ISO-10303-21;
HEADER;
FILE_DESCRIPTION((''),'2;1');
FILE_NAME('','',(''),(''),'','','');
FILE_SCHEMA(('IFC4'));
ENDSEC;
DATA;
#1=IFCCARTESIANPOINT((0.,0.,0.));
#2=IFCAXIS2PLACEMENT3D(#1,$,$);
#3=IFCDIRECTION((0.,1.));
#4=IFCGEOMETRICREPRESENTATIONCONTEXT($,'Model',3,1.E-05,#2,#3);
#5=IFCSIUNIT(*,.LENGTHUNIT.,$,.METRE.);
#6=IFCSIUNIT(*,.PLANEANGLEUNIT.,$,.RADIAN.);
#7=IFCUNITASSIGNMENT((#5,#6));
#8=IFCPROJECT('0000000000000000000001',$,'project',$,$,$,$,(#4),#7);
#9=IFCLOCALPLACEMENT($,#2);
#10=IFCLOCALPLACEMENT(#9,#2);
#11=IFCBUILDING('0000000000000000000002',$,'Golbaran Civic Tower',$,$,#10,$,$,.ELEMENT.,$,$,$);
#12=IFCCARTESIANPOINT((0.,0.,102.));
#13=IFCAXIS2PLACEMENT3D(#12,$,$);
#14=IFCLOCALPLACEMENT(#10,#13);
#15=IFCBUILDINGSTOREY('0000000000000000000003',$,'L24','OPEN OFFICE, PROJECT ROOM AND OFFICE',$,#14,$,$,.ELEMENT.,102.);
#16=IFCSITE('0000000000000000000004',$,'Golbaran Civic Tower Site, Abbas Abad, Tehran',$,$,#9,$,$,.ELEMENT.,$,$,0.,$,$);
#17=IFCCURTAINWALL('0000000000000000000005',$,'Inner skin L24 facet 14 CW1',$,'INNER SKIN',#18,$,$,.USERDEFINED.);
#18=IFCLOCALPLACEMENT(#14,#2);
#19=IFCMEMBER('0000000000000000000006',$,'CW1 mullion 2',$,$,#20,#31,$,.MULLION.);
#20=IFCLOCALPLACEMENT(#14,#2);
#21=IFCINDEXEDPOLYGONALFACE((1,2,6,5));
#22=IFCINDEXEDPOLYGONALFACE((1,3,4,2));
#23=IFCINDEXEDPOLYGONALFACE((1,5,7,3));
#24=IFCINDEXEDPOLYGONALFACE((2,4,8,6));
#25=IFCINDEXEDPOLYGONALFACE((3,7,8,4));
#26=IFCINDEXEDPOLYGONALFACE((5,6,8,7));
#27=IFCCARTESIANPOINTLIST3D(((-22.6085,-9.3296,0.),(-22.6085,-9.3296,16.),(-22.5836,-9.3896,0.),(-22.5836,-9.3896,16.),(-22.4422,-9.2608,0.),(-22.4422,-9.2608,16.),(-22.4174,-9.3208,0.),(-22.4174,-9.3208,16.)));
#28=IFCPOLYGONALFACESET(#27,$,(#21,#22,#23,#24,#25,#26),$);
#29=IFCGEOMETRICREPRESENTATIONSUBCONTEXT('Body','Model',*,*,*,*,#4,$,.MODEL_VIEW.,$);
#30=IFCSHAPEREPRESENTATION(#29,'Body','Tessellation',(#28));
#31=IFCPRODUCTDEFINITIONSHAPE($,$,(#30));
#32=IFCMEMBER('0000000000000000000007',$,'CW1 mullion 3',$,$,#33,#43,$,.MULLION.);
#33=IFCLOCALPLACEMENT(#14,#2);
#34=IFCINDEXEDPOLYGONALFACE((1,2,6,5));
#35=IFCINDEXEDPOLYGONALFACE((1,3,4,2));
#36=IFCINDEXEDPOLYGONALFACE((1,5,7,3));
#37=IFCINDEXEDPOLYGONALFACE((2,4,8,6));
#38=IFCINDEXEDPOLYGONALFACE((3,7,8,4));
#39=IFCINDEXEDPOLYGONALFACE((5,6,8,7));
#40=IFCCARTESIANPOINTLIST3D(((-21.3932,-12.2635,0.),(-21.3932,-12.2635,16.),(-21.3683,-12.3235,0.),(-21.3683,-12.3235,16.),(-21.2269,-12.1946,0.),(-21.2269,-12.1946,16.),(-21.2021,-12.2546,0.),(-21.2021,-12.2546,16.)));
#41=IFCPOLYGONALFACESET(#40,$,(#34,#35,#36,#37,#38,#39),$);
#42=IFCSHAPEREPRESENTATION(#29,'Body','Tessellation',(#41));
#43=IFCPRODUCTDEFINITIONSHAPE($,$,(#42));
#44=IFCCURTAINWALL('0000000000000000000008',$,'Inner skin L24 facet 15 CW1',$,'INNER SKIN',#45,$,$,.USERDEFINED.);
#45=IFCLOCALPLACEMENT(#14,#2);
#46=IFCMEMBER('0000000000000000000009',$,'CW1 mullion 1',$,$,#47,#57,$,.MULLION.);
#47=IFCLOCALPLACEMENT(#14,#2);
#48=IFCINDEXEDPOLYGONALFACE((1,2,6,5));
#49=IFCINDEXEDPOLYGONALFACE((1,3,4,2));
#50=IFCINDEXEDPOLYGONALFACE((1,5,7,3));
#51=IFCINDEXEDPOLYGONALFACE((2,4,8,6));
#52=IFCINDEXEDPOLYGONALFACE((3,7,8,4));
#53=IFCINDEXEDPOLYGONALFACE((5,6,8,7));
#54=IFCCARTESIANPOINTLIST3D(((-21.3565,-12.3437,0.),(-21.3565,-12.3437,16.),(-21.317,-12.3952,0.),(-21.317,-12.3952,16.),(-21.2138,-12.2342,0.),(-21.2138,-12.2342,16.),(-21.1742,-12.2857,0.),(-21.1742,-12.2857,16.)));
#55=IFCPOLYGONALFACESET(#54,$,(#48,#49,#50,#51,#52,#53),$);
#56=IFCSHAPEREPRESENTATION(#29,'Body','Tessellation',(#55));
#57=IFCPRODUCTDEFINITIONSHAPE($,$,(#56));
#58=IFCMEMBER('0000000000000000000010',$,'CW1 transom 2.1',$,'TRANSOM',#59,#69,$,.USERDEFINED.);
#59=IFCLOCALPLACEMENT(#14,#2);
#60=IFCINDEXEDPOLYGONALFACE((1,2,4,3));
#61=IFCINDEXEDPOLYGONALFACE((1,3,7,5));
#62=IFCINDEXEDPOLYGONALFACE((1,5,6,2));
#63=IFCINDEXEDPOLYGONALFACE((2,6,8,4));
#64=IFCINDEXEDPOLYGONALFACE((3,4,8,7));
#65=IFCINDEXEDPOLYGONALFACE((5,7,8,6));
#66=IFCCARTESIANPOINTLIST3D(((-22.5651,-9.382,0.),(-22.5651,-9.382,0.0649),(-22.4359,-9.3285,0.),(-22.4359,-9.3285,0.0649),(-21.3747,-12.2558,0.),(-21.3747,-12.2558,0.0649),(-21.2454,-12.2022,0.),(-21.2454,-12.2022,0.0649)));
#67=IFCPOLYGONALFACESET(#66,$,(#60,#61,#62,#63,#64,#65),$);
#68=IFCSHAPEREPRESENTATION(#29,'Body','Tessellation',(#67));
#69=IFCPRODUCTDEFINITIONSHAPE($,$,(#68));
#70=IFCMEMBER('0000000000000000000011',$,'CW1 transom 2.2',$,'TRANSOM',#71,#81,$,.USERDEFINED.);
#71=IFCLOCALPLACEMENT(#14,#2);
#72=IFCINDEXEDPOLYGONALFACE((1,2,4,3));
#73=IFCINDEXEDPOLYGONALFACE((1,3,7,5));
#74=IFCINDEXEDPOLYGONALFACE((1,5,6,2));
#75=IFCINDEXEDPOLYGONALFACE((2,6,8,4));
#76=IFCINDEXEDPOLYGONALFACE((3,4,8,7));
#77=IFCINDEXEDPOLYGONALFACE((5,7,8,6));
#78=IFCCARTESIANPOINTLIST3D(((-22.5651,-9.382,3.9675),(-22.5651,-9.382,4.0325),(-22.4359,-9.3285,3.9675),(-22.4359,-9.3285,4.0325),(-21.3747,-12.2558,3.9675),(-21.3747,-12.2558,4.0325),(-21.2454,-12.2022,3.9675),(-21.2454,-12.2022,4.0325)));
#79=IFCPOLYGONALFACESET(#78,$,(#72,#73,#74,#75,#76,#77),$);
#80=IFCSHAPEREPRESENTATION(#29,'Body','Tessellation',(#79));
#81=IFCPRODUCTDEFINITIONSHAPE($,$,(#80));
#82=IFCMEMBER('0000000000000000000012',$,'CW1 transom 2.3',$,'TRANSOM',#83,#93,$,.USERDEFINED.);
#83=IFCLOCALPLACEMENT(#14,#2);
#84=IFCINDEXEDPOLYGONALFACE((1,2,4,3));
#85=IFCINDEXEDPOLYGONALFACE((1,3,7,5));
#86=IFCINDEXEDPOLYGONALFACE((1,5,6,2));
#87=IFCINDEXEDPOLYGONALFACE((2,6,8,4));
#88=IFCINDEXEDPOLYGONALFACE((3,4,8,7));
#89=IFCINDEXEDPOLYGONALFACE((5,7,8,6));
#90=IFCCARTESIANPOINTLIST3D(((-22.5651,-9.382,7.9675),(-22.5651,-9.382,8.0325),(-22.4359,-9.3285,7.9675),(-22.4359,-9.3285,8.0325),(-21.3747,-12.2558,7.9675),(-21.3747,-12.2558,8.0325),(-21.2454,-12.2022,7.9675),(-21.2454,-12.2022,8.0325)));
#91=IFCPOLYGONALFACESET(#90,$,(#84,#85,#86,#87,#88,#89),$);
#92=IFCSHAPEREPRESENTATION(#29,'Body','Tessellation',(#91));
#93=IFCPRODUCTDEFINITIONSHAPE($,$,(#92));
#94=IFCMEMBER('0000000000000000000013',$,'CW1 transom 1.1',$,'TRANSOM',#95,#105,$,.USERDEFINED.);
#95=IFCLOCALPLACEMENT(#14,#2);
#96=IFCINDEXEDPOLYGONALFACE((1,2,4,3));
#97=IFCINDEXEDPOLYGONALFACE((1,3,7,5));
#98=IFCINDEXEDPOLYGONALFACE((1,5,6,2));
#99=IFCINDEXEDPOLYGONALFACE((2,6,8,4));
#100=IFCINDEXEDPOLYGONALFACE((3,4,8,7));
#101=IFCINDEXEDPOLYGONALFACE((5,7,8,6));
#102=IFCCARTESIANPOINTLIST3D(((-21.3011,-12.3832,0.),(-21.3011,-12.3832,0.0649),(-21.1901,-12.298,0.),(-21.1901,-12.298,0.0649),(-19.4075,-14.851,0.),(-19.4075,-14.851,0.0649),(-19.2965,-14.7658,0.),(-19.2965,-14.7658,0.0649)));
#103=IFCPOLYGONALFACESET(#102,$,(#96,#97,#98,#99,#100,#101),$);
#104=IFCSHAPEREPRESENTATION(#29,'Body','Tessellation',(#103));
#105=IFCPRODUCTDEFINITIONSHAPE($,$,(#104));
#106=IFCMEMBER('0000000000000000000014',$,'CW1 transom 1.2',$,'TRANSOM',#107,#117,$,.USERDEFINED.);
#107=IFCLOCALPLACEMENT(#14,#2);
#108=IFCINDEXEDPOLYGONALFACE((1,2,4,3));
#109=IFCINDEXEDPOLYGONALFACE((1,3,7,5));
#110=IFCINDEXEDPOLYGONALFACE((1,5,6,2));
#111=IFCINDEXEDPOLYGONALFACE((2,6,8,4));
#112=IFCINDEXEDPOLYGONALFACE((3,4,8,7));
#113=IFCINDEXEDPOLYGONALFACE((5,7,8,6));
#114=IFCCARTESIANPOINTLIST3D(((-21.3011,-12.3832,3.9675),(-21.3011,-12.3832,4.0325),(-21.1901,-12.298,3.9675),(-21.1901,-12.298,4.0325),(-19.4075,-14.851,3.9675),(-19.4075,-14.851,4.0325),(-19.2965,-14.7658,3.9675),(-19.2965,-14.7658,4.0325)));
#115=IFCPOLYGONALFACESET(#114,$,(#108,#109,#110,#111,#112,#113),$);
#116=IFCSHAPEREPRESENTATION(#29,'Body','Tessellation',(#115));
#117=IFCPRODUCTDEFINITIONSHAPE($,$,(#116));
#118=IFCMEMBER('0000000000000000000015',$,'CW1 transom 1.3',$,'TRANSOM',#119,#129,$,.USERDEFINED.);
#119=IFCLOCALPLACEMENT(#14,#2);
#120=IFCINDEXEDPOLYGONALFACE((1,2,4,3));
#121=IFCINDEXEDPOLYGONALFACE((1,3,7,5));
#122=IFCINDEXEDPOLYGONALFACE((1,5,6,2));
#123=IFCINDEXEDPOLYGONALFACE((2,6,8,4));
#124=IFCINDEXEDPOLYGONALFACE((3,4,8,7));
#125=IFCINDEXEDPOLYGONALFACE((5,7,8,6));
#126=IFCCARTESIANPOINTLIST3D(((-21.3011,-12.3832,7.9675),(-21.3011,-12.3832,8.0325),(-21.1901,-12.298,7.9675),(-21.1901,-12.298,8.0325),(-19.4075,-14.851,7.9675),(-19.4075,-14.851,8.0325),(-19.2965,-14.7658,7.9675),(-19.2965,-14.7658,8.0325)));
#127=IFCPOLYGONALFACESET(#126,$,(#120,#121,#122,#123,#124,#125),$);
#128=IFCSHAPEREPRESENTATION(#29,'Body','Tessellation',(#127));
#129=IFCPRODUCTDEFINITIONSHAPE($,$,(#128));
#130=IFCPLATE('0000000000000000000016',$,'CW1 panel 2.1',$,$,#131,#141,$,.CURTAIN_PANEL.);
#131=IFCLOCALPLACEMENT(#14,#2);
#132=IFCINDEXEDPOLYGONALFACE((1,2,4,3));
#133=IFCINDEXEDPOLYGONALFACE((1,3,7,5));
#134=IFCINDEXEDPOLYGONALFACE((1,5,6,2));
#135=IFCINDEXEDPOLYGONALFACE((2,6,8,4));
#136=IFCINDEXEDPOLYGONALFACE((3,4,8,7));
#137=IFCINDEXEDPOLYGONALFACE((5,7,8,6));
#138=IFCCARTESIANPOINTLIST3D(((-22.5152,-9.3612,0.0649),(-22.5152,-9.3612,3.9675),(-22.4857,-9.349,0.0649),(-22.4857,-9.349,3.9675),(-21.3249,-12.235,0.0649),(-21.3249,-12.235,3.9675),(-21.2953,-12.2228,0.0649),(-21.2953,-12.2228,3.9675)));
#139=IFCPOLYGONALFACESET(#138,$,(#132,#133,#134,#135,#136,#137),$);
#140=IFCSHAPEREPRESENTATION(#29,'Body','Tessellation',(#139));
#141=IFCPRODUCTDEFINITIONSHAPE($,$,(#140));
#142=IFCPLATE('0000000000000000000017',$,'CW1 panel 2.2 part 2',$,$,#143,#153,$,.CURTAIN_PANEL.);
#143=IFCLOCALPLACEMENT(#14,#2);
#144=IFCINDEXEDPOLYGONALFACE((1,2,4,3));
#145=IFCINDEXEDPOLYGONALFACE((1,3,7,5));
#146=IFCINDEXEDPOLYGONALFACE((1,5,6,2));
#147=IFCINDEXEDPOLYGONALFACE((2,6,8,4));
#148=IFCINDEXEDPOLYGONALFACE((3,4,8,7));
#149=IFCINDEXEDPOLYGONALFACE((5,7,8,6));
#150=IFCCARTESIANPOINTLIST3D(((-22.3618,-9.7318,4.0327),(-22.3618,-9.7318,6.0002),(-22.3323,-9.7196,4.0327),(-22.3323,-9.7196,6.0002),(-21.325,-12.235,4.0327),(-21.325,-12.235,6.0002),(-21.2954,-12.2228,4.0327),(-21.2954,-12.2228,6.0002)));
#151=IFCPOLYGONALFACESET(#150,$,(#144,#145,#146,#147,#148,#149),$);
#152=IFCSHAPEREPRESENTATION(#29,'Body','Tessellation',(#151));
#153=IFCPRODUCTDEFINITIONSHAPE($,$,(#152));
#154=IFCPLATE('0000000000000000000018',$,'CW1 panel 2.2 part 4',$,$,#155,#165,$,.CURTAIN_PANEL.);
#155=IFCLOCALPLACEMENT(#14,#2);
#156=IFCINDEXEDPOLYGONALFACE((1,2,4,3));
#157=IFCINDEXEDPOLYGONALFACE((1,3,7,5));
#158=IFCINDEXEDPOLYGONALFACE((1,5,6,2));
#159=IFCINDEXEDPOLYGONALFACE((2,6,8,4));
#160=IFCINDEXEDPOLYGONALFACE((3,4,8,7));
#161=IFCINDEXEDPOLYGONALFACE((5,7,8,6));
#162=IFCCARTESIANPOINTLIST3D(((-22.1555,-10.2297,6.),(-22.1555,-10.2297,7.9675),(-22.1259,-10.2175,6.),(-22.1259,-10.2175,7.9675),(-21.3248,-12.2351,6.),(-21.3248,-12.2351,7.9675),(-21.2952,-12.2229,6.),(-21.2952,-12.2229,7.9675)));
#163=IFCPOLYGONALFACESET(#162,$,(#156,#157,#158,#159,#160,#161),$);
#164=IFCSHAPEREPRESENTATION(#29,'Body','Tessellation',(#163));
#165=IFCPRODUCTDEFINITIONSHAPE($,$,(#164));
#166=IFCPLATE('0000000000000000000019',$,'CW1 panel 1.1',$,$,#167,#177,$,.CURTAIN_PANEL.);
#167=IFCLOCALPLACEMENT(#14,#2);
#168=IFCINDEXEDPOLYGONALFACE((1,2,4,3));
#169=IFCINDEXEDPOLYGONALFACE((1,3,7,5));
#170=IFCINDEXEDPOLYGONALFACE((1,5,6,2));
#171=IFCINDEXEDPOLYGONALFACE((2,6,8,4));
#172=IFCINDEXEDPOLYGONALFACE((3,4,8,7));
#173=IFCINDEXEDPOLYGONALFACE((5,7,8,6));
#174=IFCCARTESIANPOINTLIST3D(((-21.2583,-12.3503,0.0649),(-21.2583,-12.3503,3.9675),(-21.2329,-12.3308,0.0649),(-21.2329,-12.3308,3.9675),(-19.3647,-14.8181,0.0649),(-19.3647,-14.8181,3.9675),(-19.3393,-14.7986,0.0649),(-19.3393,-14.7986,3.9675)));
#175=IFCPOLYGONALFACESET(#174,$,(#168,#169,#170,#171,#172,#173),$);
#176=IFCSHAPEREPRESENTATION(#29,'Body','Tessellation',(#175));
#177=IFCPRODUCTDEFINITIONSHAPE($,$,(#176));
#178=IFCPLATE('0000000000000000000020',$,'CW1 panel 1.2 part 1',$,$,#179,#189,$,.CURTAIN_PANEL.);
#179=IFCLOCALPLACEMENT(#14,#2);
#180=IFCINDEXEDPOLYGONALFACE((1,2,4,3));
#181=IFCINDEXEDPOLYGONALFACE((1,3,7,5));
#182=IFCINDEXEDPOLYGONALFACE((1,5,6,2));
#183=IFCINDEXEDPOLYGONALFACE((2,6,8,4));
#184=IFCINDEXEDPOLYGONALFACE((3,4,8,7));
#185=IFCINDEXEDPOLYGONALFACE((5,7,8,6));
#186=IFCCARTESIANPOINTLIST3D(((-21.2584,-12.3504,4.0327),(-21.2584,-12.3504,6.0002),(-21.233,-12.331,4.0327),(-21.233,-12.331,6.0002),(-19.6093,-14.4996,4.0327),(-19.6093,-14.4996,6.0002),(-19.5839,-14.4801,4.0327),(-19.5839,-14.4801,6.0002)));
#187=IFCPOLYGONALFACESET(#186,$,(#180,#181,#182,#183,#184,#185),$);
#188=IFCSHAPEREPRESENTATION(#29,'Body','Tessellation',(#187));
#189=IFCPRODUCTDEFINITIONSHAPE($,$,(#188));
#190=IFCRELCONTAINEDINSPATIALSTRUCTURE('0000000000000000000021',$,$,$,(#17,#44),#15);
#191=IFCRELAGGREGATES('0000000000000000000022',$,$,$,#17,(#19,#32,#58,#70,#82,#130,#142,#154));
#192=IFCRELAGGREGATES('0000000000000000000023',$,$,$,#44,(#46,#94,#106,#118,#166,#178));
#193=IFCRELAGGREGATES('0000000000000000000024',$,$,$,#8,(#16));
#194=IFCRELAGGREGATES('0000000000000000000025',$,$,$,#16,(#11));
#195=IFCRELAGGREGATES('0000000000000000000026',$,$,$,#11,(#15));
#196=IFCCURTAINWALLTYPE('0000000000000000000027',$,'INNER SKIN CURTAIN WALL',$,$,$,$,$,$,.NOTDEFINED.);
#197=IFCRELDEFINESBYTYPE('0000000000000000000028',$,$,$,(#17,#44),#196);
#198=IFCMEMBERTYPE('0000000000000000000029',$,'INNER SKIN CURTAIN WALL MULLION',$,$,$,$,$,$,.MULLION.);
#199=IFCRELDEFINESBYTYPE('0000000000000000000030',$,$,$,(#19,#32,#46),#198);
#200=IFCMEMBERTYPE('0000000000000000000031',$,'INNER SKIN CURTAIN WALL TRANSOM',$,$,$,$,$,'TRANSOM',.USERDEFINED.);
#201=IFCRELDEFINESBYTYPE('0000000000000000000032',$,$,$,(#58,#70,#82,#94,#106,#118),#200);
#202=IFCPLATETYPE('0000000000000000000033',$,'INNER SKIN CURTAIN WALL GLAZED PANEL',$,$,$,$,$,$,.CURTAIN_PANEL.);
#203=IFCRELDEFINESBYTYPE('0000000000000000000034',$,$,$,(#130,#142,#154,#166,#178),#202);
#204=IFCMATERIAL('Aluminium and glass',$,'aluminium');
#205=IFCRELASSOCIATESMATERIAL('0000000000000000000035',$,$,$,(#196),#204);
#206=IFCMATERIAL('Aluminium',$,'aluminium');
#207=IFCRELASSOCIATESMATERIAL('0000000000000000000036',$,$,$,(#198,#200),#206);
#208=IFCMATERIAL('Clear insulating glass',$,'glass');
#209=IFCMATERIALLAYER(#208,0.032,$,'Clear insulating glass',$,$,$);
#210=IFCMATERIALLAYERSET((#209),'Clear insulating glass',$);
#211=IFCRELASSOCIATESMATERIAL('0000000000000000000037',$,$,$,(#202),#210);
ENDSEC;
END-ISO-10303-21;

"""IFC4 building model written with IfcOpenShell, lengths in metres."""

from ifc_helpers import new_model, si_unit, direction, frame, origin, origin_2d, place, context, subcontext, project, spatial, rectangle, extrude, material, layer, layer_set, material_profile, profile_set, type_object, element, aggregate, save


model = new_model("IFC4")

# Units and contexts
model_context = context("Model", 3, precision=1e-05, world=origin(), true_north=direction((0.0, 1.0)))
body_context = subcontext(model_context, "Body", "Model", "MODEL_VIEW")
ifc_project = project(units=[si_unit("LENGTHUNIT", "METRE"), si_unit("PLANEANGLEUNIT", "RADIAN")], contexts=[model_context])

# Site, building, storey
site_placement = place(None, origin())
site = spatial("IfcSite", under=ifc_project, at=site_placement, Name="Golbaran Civic Tower Site, Abbas Abad, Tehran", CompositionType="ELEMENT", RefElevation=0.0)
building_placement = place(site_placement, origin())
building = spatial("IfcBuilding", under=site, at=building_placement, Name="Golbaran Civic Tower", CompositionType="ELEMENT")
storey_placement = place(building_placement, frame((0.0, 0.0, 102.0)))
storey = spatial("IfcBuildingStorey", under=building, at=storey_placement, Name="L24", Description="OPEN OFFICE, PROJECT ROOM AND OFFICE", CompositionType="ELEMENT", Elevation=102.0)

# Curtain wall, members
ifc_material_1 = material(Name="Aluminium and glass", Category="aluminium")
curtain_wall_type_1 = type_object("IfcCurtainWallType", Name="INNER SKIN CURTAIN WALL", PredefinedType="NOTDEFINED", material=ifc_material_1)
curtain_wall_1_placement = place(storey_placement, origin())
curtain_wall_1 = element("IfcCurtainWall", 1, at=curtain_wall_1_placement, inside=storey, type_object=curtain_wall_type_1, Name="Inner skin L24 facet 14 CW1", ObjectType="INNER SKIN", PredefinedType="USERDEFINED")
ifc_material_2 = material(Name="Aluminium", Category="aluminium")
ifc_material_profile_1 = material_profile(ifc_material_2, rectangle(XDim=0.1799, YDim=0.0649, at=origin_2d()), Name="INNER SKIN CURTAIN WALL MULLION")
ifc_profile_set_1 = profile_set([ifc_material_profile_1], Name="Aluminium")
member_type_1 = type_object("IfcMemberType", Name="INNER SKIN CURTAIN WALL MULLION", PredefinedType="MULLION", material=ifc_profile_set_1)
member_1_placement = place(storey_placement, frame((-22.5129, -9.3252, 0.0), z_axis=(0.0, 0.0, 1.0), x_axis=(0.92388, 0.382683, 0.0)))
member_1 = element("IfcMember", 2, at=member_1_placement, type_object=member_type_1, Name="CW1 mullion 2", PredefinedType="MULLION", context=body_context, shape_type="SweptSolid", body=[
    extrude(rectangle(XDim=0.1799, YDim=0.0649, at=origin_2d()), origin(), (0.0, 0.0, 1.0), 16.0),
])
member_2_placement = place(storey_placement, frame((-21.2976, -12.259, 0.0), z_axis=(0.0, 0.0, 1.0), x_axis=(0.92388, 0.382683, 0.0)))
member_2 = element("IfcMember", 3, at=member_2_placement, type_object=member_type_1, Name="CW1 mullion 3", PredefinedType="MULLION", context=body_context, shape_type="SweptSolid", body=[
    extrude(rectangle(XDim=0.1799, YDim=0.0649, at=origin_2d()), origin(), (0.0, 0.0, 1.0), 16.0),
])

# Curtain wall, member
curtain_wall_2_placement = place(storey_placement, origin())
curtain_wall_2 = element("IfcCurtainWall", 4, at=curtain_wall_2_placement, inside=storey, type_object=curtain_wall_type_1, Name="Inner skin L24 facet 15 CW1", ObjectType="INNER SKIN", PredefinedType="USERDEFINED")
member_3_placement = place(storey_placement, frame((-21.2654, -12.3147, 0.0), z_axis=(0.0, 0.0, 1.0), x_axis=(0.793353, 0.608761, 0.0)))
member_3 = element("IfcMember", 5, at=member_3_placement, type_object=member_type_1, Name="CW1 mullion 1", PredefinedType="MULLION", context=body_context, shape_type="SweptSolid", body=[
    extrude(rectangle(XDim=0.1799, YDim=0.0649, at=origin_2d()), origin(), (0.0, 0.0, 1.0), 16.0),
])

# Members
ifc_material_profile_2 = material_profile(ifc_material_2, rectangle(XDim=0.1399, YDim=0.0649, at=origin_2d()), Name="INNER SKIN CURTAIN WALL TRANSOM")
ifc_profile_set_2 = profile_set([ifc_material_profile_2], Name="Aluminium")
member_type_2 = type_object("IfcMemberType", Name="INNER SKIN CURTAIN WALL TRANSOM", ElementType="TRANSOM", PredefinedType="USERDEFINED", material=ifc_profile_set_2)
member_4_placement = place(storey_placement, frame((-22.5005, -9.3552, 0.0325), z_axis=(0.382703, -0.923871, 0.0), x_axis=(0.923871, 0.382703, 0.0)))
member_4 = element("IfcMember", 6, at=member_4_placement, type_object=member_type_2, Name="CW1 transom 2.1", ObjectType="TRANSOM", PredefinedType="USERDEFINED", context=body_context, shape_type="SweptSolid", body=[
    extrude(rectangle(XDim=0.1399, YDim=0.0649, at=origin_2d()), origin(), (0.0, 0.0, 1.0), 3.1106),
])
member_5_placement = place(storey_placement, frame((-22.5005, -9.3552, 4.0), z_axis=(0.382703, -0.923871, 0.0), x_axis=(0.923871, 0.382703, 0.0)))
member_5 = element("IfcMember", 7, at=member_5_placement, type_object=member_type_2, Name="CW1 transom 2.2", ObjectType="TRANSOM", PredefinedType="USERDEFINED", context=body_context, shape_type="SweptSolid", body=[
    extrude(rectangle(XDim=0.1399, YDim=0.0649, at=origin_2d()), origin(), (0.0, 0.0, 1.0), 3.1106),
])
member_6_placement = place(storey_placement, frame((-22.5005, -9.3552, 8.0), z_axis=(0.382703, -0.923871, 0.0), x_axis=(0.923871, 0.382703, 0.0)))
member_6 = element("IfcMember", 8, at=member_6_placement, type_object=member_type_2, Name="CW1 transom 2.3", ObjectType="TRANSOM", PredefinedType="USERDEFINED", context=body_context, shape_type="SweptSolid", body=[
    extrude(rectangle(XDim=0.1399, YDim=0.0649, at=origin_2d()), origin(), (0.0, 0.0, 1.0), 3.1106),
])
member_7_placement = place(storey_placement, frame((-21.2456, -12.3406, 0.0325), z_axis=(0.608754, -0.793359, 0.0), x_axis=(0.793359, 0.608754, 0.0)))
member_7 = element("IfcMember", 9, at=member_7_placement, type_object=member_type_2, Name="CW1 transom 1.1", ObjectType="TRANSOM", PredefinedType="USERDEFINED", context=body_context, shape_type="SweptSolid", body=[
    extrude(rectangle(XDim=0.1399, YDim=0.0649, at=origin_2d()), origin(), (0.0, 0.0, 1.0), 3.1106),
])
member_8_placement = place(storey_placement, frame((-21.2456, -12.3406, 4.0), z_axis=(0.608754, -0.793359, 0.0), x_axis=(0.793359, 0.608754, 0.0)))
member_8 = element("IfcMember", 10, at=member_8_placement, type_object=member_type_2, Name="CW1 transom 1.2", ObjectType="TRANSOM", PredefinedType="USERDEFINED", context=body_context, shape_type="SweptSolid", body=[
    extrude(rectangle(XDim=0.1399, YDim=0.0649, at=origin_2d()), origin(), (0.0, 0.0, 1.0), 3.1106),
])
member_9_placement = place(storey_placement, frame((-21.2456, -12.3406, 8.0), z_axis=(0.608754, -0.793359, 0.0), x_axis=(0.793359, 0.608754, 0.0)))
member_9 = element("IfcMember", 11, at=member_9_placement, type_object=member_type_2, Name="CW1 transom 1.3", ObjectType="TRANSOM", PredefinedType="USERDEFINED", context=body_context, shape_type="SweptSolid", body=[
    extrude(rectangle(XDim=0.1399, YDim=0.0649, at=origin_2d()), origin(), (0.0, 0.0, 1.0), 3.1106),
])

# Plates
ifc_material_3 = material(Name="Clear insulating glass", Category="glass")
ifc_layer_1 = layer(ifc_material_3, 0.032, Name="Clear insulating glass")
ifc_layer_set_1 = layer_set([ifc_layer_1], Name="Clear insulating glass")
plate_type_1 = type_object("IfcPlateType", Name="INNER SKIN CURTAIN WALL GLAZED PANEL", PredefinedType="CURTAIN_PANEL", material=ifc_layer_set_1)
plate_1_placement = place(storey_placement, frame((-21.9053, -10.792, 0.0649), z_axis=(0.0, 0.0, 1.0), x_axis=(0.382683, -0.92388, 0.0)))
plate_1 = element("IfcPlate", 12, at=plate_1_placement, type_object=plate_type_1, Name="CW1 panel 2.1", PredefinedType="CURTAIN_PANEL", context=body_context, shape_type="SweptSolid", body=[
    extrude(rectangle(XDim=3.1106, YDim=0.032, at=origin_2d()), origin(), (0.0, 0.0, 1.0), 3.9026),
])
plate_2_placement = place(storey_placement, frame((-21.8286, -10.9773, 4.0327), z_axis=(0.0, 0.0, 1.0), x_axis=(0.382683, -0.92388, 0.0)))
plate_2 = element("IfcPlate", 13, at=plate_2_placement, type_object=plate_type_1, Name="CW1 panel 2.2 part 2", PredefinedType="CURTAIN_PANEL", context=body_context, shape_type="SweptSolid", body=[
    extrude(rectangle(XDim=2.7095, YDim=0.032, at=origin_2d()), origin(), (0.0, 0.0, 1.0), 1.9675),
])
plate_3_placement = place(storey_placement, frame((-21.7253, -11.2263, 6.0), z_axis=(0.0, 0.0, 1.0), x_axis=(0.382683, -0.92388, 0.0)))
plate_3 = element("IfcPlate", 14, at=plate_3_placement, type_object=plate_type_1, Name="CW1 panel 2.2 part 4", PredefinedType="CURTAIN_PANEL", context=body_context, shape_type="SweptSolid", body=[
    extrude(rectangle(XDim=2.1707, YDim=0.032, at=origin_2d()), origin(), (0.0, 0.0, 1.0), 1.9675),
])
plate_4_placement = place(storey_placement, frame((-20.2988, -13.5745, 0.0649), z_axis=(0.0, 0.0, 1.0), x_axis=(0.608761, -0.793353, 0.0)))
plate_4 = element("IfcPlate", 15, at=plate_4_placement, type_object=plate_type_1, Name="CW1 panel 1.1", PredefinedType="CURTAIN_PANEL", context=body_context, shape_type="SweptSolid", body=[
    extrude(rectangle(XDim=3.1106, YDim=0.032, at=origin_2d()), origin(), (0.0, 0.0, 1.0), 3.9026),
])
plate_5_placement = place(storey_placement, frame((-20.4211, -13.4153, 4.0327), z_axis=(0.0, 0.0, 1.0), x_axis=(0.608761, -0.793353, 0.0)))
plate_5 = element("IfcPlate", 16, at=plate_5_placement, type_object=plate_type_1, Name="CW1 panel 1.2 part 1", PredefinedType="CURTAIN_PANEL", context=body_context, shape_type="SweptSolid", body=[
    extrude(rectangle(XDim=2.709, YDim=0.032, at=origin_2d()), origin(), (0.0, 0.0, 1.0), 1.9675),
])
aggregate(curtain_wall_1, [member_1, member_2, member_4, member_5, member_6, plate_1, plate_2, plate_3])
aggregate(curtain_wall_2, [member_3, member_7, member_8, member_9, plate_4, plate_5])

save(model, "model.ifc")
